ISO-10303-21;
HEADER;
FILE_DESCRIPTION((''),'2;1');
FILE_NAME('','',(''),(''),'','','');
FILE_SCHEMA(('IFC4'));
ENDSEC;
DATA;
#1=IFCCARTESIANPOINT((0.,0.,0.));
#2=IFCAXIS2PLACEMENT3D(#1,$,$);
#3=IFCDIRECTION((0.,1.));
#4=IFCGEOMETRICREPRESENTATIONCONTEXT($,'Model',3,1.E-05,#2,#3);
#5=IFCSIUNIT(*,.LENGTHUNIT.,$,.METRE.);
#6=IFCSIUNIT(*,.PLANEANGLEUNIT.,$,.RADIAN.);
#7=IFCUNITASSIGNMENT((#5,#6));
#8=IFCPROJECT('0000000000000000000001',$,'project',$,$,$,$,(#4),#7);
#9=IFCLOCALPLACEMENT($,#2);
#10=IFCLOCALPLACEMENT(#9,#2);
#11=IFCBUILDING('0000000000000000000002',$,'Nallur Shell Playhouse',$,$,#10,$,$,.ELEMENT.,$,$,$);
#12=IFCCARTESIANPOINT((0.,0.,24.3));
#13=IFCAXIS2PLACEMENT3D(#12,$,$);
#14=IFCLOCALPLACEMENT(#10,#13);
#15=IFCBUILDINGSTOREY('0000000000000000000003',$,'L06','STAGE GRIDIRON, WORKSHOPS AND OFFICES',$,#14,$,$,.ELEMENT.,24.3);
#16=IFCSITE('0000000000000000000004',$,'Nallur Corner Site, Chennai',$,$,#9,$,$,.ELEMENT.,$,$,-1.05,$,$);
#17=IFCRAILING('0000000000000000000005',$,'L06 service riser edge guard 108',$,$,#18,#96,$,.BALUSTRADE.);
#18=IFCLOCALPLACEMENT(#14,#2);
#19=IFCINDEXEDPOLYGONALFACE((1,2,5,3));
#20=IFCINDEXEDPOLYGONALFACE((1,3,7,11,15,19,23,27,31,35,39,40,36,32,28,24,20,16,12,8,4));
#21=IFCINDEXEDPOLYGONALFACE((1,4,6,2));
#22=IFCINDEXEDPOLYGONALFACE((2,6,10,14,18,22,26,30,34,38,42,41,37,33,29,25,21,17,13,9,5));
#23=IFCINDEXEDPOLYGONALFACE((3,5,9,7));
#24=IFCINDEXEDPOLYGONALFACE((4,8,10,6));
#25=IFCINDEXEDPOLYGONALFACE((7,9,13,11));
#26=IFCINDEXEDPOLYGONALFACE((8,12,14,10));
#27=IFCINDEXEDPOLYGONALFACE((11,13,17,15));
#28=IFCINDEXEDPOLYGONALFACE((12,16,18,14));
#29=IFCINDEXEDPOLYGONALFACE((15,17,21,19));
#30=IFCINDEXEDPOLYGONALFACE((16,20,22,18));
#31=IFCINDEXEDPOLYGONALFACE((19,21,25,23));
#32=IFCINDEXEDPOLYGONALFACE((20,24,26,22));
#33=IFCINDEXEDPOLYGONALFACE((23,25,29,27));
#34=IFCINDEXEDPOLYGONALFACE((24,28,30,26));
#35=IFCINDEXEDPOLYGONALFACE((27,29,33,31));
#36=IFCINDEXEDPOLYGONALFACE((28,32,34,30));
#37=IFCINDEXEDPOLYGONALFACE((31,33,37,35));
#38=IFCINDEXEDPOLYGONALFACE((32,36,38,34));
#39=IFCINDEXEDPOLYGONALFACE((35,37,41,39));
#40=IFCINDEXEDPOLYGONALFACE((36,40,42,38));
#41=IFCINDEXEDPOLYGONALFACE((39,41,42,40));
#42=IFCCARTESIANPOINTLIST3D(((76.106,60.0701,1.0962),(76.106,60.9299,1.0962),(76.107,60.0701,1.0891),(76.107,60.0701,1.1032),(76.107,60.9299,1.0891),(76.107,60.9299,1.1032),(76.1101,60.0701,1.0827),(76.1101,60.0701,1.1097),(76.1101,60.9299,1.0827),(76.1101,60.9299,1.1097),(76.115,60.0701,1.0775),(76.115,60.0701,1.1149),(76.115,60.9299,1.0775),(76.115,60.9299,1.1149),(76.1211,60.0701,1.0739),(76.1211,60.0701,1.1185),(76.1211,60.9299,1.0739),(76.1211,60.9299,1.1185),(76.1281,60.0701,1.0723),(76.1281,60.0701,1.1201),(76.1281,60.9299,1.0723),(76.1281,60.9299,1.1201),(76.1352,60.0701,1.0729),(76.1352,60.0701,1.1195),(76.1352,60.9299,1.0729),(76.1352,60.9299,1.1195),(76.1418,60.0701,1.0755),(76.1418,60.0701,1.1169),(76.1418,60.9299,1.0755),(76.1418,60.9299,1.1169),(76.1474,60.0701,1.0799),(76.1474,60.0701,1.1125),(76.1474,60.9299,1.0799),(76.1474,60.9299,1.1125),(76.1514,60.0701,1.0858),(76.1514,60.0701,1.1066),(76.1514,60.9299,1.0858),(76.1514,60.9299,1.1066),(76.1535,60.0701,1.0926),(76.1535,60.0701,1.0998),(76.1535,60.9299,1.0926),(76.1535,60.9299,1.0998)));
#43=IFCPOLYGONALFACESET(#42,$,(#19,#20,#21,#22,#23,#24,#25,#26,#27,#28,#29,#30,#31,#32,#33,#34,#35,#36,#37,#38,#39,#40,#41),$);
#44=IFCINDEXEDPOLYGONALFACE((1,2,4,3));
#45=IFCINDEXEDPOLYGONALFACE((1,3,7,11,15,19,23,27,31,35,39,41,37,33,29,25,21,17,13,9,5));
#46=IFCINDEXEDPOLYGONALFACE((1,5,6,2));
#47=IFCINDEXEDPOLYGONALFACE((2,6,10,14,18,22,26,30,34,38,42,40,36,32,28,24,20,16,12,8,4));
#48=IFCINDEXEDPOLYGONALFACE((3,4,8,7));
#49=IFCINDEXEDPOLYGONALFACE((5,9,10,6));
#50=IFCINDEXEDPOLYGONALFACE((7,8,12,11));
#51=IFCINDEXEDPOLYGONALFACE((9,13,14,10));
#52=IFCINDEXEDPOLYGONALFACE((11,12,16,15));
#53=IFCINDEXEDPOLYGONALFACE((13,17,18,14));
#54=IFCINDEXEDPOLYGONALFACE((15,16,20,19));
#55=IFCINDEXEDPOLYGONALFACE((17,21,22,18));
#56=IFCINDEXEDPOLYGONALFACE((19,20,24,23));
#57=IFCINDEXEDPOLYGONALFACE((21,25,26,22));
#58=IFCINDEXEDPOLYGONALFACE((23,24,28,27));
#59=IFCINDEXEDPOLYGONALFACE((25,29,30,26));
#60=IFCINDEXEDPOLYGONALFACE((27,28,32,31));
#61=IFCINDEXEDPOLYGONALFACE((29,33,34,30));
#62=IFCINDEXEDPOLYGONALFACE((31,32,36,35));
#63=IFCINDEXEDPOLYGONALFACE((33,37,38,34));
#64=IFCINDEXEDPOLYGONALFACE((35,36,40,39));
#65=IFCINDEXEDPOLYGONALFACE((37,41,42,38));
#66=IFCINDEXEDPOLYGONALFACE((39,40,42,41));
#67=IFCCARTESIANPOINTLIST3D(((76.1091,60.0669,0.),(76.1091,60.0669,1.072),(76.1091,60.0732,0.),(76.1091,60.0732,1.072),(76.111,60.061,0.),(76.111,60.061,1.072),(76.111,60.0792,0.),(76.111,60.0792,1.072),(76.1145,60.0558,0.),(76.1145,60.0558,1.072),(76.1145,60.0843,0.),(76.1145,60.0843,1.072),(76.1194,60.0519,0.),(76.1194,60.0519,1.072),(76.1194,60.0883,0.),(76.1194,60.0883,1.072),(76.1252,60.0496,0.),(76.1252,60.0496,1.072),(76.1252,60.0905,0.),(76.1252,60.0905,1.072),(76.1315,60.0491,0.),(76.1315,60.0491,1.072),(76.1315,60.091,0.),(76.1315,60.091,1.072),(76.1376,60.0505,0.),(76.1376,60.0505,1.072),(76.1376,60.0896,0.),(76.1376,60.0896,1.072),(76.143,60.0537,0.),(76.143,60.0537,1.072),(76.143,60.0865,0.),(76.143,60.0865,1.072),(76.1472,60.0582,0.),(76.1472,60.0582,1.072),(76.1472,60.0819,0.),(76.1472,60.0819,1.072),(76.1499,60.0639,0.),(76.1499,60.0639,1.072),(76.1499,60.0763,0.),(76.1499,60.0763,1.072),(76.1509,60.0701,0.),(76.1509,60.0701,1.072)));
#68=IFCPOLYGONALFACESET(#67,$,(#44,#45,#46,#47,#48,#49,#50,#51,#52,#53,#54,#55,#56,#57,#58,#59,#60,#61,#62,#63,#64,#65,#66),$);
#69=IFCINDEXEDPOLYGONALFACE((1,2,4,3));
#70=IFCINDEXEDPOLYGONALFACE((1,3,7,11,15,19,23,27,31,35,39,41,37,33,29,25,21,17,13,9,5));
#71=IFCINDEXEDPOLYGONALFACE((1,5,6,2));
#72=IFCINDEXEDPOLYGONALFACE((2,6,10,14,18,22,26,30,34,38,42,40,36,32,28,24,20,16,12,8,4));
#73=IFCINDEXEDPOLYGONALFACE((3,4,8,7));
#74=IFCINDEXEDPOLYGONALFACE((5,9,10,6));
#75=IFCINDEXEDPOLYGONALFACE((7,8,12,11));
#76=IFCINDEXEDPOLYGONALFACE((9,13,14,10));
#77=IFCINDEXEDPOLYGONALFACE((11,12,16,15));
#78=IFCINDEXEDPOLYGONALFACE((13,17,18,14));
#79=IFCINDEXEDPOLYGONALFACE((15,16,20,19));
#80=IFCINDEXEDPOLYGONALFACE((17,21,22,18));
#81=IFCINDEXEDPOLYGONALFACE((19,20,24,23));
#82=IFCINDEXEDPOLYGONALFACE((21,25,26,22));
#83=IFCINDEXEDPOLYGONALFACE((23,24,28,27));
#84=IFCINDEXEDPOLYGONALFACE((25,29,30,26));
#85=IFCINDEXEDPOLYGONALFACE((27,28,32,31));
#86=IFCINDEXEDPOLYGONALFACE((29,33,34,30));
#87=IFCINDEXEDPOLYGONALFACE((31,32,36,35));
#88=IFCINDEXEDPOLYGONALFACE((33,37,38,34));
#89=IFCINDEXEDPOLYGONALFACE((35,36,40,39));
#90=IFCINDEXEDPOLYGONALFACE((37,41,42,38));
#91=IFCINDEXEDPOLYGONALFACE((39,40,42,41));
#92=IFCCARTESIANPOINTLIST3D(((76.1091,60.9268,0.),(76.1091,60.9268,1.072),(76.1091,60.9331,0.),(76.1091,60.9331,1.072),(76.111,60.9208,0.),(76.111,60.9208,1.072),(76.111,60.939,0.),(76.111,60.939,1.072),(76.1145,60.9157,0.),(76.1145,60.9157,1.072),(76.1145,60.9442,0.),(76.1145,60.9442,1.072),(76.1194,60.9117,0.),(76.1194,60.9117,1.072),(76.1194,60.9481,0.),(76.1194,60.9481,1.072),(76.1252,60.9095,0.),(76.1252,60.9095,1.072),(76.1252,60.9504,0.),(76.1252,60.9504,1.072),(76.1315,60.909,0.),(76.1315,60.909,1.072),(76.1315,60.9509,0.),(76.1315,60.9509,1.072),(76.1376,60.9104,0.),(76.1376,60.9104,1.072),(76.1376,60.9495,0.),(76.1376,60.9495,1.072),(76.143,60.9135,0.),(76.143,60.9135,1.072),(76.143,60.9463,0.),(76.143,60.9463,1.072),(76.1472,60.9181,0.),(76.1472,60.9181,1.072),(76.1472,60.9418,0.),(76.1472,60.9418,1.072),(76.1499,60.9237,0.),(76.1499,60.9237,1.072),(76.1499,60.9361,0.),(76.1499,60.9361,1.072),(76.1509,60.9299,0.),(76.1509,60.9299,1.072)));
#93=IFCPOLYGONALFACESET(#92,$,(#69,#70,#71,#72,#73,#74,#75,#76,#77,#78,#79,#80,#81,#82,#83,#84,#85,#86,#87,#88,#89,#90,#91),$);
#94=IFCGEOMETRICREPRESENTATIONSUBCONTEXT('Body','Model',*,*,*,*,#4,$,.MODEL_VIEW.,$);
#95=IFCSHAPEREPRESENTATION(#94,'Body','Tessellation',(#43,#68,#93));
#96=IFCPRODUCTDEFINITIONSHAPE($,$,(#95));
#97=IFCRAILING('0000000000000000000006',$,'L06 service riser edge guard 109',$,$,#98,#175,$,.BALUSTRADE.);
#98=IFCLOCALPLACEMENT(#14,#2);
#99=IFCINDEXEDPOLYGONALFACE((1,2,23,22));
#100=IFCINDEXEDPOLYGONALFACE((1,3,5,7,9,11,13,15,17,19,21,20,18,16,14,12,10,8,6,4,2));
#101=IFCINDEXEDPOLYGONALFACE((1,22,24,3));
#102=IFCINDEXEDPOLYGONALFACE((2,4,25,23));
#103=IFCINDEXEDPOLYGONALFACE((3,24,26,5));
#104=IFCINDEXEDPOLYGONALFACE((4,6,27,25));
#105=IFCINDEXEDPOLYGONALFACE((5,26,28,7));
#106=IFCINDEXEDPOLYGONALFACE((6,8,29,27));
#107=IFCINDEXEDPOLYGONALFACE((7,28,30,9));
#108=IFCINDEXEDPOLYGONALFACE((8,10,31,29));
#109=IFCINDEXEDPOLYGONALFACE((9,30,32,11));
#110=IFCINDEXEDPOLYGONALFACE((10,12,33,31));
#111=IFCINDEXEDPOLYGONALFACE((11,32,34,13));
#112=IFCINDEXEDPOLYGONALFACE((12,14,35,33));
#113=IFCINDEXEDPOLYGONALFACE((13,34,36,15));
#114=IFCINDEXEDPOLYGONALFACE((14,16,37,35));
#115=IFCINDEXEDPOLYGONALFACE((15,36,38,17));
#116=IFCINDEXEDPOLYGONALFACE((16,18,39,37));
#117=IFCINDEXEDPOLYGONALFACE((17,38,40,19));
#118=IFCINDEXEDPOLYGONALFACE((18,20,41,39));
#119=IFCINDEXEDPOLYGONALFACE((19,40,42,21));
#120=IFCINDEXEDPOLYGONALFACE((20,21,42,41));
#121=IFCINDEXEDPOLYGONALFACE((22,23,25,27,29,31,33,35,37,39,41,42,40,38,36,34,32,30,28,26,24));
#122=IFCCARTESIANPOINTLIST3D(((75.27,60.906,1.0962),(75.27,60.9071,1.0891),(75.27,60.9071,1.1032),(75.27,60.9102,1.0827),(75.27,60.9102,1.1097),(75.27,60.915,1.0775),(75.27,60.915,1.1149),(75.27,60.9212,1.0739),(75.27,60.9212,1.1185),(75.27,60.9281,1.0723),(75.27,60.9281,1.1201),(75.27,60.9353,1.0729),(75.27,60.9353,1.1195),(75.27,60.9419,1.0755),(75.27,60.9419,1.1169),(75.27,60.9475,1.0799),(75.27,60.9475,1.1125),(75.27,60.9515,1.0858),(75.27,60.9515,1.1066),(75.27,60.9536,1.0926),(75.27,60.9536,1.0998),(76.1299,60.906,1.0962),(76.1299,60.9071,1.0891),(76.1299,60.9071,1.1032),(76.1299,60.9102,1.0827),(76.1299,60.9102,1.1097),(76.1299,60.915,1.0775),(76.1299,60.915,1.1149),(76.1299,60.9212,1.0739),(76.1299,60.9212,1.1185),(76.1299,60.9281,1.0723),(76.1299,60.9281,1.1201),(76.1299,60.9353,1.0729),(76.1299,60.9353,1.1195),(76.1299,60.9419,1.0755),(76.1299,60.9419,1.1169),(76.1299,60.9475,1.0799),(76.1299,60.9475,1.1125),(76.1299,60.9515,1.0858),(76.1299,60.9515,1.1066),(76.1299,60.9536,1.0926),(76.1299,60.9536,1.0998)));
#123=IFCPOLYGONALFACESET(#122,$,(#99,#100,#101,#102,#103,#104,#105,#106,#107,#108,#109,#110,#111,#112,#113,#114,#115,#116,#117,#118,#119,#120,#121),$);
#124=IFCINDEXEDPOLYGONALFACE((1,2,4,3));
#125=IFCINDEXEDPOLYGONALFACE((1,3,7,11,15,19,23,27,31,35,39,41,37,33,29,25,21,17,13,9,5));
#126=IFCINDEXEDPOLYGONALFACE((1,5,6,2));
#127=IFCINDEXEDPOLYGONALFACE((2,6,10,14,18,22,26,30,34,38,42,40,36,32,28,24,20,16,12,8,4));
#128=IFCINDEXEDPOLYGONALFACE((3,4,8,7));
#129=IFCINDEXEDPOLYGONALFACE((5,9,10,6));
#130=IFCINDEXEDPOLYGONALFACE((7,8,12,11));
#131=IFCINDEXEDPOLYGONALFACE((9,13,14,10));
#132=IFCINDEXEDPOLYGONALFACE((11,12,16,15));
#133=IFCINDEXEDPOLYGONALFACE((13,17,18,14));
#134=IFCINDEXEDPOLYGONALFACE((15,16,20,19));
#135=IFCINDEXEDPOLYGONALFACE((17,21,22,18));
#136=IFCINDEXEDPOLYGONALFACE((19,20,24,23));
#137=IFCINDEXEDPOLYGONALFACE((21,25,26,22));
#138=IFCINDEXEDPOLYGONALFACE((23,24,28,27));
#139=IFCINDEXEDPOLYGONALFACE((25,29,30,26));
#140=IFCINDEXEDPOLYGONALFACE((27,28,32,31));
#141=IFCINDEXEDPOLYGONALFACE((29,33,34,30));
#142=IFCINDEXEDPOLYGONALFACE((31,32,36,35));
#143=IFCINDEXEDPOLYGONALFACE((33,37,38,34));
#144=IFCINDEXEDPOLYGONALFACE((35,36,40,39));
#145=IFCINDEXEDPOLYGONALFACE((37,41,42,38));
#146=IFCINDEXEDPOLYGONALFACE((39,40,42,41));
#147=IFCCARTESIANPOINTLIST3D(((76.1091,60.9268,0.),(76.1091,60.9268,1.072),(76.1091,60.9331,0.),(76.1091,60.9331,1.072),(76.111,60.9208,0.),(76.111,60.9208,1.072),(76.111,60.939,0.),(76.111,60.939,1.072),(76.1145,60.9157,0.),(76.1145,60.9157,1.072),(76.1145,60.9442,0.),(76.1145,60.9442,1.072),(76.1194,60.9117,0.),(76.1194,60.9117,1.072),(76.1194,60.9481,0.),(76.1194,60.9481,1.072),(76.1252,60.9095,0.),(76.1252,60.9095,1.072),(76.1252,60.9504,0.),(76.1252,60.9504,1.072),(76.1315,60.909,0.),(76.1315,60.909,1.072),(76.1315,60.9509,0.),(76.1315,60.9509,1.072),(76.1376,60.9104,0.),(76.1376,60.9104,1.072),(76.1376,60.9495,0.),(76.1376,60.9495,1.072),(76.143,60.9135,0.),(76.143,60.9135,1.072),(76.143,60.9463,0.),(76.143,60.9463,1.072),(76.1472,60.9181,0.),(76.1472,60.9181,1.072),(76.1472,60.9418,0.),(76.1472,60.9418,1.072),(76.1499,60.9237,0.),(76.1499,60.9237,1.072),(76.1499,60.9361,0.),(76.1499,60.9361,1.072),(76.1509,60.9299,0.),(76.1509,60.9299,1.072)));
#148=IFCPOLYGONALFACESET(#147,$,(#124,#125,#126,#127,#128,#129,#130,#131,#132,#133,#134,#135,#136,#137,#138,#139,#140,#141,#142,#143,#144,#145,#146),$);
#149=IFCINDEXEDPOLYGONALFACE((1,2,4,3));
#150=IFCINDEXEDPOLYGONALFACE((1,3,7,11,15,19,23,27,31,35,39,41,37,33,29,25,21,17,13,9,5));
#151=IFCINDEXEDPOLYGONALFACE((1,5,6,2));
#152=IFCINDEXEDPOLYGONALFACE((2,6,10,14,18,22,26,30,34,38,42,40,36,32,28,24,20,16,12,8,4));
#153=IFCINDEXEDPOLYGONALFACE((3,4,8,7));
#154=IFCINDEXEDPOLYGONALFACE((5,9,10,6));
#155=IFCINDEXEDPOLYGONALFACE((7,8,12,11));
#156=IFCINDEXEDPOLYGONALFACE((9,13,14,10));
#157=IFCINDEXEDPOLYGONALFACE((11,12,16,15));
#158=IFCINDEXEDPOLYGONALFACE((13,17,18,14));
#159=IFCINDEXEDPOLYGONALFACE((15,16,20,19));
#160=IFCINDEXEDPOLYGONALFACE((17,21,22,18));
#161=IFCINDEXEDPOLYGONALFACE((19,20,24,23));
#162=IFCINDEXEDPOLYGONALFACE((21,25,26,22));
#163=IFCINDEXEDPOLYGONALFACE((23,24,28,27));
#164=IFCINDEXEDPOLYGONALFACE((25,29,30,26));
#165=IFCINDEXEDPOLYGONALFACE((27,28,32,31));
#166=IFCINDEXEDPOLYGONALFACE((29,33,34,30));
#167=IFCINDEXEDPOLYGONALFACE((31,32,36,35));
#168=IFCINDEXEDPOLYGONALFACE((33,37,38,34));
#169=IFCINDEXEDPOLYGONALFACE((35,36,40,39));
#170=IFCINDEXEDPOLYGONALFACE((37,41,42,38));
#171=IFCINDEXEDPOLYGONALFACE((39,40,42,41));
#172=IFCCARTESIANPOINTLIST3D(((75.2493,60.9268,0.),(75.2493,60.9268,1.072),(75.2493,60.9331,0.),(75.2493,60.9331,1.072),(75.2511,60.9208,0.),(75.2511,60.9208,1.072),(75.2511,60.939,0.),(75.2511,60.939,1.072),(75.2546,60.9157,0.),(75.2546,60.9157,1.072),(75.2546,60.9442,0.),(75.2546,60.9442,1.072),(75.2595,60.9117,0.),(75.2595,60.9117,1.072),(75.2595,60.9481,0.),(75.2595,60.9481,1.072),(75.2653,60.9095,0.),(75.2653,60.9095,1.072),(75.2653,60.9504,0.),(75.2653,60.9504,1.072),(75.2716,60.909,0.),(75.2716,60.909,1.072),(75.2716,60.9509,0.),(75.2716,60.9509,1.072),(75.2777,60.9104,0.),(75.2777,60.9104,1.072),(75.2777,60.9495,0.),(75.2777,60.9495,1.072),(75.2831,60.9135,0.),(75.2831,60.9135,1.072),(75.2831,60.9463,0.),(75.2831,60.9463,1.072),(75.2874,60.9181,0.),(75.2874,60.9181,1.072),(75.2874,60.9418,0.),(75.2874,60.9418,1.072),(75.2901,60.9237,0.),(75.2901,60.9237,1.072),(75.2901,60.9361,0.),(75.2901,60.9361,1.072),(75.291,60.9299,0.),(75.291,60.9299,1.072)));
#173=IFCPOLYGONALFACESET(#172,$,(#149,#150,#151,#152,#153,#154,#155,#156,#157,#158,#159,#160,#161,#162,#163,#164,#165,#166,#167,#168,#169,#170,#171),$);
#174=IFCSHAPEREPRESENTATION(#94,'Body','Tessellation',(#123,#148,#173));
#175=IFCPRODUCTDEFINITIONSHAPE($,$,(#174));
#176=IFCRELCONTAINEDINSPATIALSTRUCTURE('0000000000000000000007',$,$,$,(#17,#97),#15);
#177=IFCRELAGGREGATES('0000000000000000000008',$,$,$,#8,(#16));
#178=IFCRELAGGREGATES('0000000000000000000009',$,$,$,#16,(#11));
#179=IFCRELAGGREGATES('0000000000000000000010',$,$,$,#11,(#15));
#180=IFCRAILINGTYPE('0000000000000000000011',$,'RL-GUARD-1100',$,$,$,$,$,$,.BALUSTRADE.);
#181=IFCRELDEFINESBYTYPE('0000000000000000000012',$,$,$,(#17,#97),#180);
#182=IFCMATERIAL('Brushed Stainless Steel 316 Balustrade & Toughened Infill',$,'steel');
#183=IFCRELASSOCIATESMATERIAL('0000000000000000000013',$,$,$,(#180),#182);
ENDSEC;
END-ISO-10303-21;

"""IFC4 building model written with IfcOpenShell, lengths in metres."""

from ifc_helpers import new_model, si_unit, direction, frame, origin, origin_2d, place, context, subcontext, project, spatial, circle, extrude, material, type_object, element, save


model = new_model("IFC4")

# Units and contexts
model_context = context("Model", 3, precision=1e-05, world=origin(), true_north=direction((0.0, 1.0)))
body_context = subcontext(model_context, "Body", "Model", "MODEL_VIEW")
ifc_project = project(units=[si_unit("LENGTHUNIT", "METRE"), si_unit("PLANEANGLEUNIT", "RADIAN")], contexts=[model_context])

# Site, building, storey
site_placement = place(None, origin())
site = spatial("IfcSite", under=ifc_project, at=site_placement, Name="Nallur Corner Site, Chennai", CompositionType="ELEMENT", RefElevation=-1.05)
building_placement = place(site_placement, origin())
building = spatial("IfcBuilding", under=site, at=building_placement, Name="Nallur Shell Playhouse", CompositionType="ELEMENT")
storey_placement = place(building_placement, frame((0.0, 0.0, 24.3)))
storey = spatial("IfcBuildingStorey", under=building, at=storey_placement, Name="L06", Description="STAGE GRIDIRON, WORKSHOPS AND OFFICES", CompositionType="ELEMENT", Elevation=24.3)

# Railings
ifc_material_1 = material(Name="Brushed Stainless Steel 316 Balustrade & Toughened Infill", Category="steel")
railing_type = type_object("IfcRailingType", Name="RL-GUARD-1100", PredefinedType="BALUSTRADE", material=ifc_material_1)
railing_1_placement = place(storey_placement, frame((76.1299, 60.0701, 0.0)))
element("IfcRailing", 1, at=railing_1_placement, inside=storey, type_object=railing_type, Name="L06 service riser edge guard 108", PredefinedType="BALUSTRADE", context=body_context, shape_type="SweptSolid", body=[
    extrude(circle(Radius=0.0239, at=origin_2d()), frame((0.0, 0.0, 1.0962), z_axis=(0.0, 1.0, 0.0), x_axis=(-1.0, 0.0, 0.0)), (0.0, 0.0, 1.0), 0.8599),
    extrude(circle(Radius=0.021, at=origin_2d()), origin(), (0.0, 0.0, 1.0), 1.072),
    extrude(circle(Radius=0.021, at=origin_2d()), frame((0.0, 0.8599, 0.0)), (0.0, 0.0, 1.0), 1.072),
])
railing_2_placement = place(storey_placement, frame((76.1299, 60.9299, 0.0)))
element("IfcRailing", 2, at=railing_2_placement, inside=storey, type_object=railing_type, Name="L06 service riser edge guard 109", PredefinedType="BALUSTRADE", context=body_context, shape_type="SweptSolid", body=[
    extrude(circle(Radius=0.0239, at=origin_2d()), frame((0.0, 0.0, 1.0962), z_axis=(-1.0, 0.0, 0.0), x_axis=(0.0, -1.0, 0.0)), (0.0, 0.0, 1.0), 0.8599),
    extrude(circle(Radius=0.021, at=origin_2d()), origin(), (0.0, 0.0, 1.0), 1.072),
    extrude(circle(Radius=0.021, at=origin_2d()), frame((-0.8599, 0.0, 0.0)), (0.0, 0.0, 1.0), 1.072),
])

save(model, "model.ifc")
